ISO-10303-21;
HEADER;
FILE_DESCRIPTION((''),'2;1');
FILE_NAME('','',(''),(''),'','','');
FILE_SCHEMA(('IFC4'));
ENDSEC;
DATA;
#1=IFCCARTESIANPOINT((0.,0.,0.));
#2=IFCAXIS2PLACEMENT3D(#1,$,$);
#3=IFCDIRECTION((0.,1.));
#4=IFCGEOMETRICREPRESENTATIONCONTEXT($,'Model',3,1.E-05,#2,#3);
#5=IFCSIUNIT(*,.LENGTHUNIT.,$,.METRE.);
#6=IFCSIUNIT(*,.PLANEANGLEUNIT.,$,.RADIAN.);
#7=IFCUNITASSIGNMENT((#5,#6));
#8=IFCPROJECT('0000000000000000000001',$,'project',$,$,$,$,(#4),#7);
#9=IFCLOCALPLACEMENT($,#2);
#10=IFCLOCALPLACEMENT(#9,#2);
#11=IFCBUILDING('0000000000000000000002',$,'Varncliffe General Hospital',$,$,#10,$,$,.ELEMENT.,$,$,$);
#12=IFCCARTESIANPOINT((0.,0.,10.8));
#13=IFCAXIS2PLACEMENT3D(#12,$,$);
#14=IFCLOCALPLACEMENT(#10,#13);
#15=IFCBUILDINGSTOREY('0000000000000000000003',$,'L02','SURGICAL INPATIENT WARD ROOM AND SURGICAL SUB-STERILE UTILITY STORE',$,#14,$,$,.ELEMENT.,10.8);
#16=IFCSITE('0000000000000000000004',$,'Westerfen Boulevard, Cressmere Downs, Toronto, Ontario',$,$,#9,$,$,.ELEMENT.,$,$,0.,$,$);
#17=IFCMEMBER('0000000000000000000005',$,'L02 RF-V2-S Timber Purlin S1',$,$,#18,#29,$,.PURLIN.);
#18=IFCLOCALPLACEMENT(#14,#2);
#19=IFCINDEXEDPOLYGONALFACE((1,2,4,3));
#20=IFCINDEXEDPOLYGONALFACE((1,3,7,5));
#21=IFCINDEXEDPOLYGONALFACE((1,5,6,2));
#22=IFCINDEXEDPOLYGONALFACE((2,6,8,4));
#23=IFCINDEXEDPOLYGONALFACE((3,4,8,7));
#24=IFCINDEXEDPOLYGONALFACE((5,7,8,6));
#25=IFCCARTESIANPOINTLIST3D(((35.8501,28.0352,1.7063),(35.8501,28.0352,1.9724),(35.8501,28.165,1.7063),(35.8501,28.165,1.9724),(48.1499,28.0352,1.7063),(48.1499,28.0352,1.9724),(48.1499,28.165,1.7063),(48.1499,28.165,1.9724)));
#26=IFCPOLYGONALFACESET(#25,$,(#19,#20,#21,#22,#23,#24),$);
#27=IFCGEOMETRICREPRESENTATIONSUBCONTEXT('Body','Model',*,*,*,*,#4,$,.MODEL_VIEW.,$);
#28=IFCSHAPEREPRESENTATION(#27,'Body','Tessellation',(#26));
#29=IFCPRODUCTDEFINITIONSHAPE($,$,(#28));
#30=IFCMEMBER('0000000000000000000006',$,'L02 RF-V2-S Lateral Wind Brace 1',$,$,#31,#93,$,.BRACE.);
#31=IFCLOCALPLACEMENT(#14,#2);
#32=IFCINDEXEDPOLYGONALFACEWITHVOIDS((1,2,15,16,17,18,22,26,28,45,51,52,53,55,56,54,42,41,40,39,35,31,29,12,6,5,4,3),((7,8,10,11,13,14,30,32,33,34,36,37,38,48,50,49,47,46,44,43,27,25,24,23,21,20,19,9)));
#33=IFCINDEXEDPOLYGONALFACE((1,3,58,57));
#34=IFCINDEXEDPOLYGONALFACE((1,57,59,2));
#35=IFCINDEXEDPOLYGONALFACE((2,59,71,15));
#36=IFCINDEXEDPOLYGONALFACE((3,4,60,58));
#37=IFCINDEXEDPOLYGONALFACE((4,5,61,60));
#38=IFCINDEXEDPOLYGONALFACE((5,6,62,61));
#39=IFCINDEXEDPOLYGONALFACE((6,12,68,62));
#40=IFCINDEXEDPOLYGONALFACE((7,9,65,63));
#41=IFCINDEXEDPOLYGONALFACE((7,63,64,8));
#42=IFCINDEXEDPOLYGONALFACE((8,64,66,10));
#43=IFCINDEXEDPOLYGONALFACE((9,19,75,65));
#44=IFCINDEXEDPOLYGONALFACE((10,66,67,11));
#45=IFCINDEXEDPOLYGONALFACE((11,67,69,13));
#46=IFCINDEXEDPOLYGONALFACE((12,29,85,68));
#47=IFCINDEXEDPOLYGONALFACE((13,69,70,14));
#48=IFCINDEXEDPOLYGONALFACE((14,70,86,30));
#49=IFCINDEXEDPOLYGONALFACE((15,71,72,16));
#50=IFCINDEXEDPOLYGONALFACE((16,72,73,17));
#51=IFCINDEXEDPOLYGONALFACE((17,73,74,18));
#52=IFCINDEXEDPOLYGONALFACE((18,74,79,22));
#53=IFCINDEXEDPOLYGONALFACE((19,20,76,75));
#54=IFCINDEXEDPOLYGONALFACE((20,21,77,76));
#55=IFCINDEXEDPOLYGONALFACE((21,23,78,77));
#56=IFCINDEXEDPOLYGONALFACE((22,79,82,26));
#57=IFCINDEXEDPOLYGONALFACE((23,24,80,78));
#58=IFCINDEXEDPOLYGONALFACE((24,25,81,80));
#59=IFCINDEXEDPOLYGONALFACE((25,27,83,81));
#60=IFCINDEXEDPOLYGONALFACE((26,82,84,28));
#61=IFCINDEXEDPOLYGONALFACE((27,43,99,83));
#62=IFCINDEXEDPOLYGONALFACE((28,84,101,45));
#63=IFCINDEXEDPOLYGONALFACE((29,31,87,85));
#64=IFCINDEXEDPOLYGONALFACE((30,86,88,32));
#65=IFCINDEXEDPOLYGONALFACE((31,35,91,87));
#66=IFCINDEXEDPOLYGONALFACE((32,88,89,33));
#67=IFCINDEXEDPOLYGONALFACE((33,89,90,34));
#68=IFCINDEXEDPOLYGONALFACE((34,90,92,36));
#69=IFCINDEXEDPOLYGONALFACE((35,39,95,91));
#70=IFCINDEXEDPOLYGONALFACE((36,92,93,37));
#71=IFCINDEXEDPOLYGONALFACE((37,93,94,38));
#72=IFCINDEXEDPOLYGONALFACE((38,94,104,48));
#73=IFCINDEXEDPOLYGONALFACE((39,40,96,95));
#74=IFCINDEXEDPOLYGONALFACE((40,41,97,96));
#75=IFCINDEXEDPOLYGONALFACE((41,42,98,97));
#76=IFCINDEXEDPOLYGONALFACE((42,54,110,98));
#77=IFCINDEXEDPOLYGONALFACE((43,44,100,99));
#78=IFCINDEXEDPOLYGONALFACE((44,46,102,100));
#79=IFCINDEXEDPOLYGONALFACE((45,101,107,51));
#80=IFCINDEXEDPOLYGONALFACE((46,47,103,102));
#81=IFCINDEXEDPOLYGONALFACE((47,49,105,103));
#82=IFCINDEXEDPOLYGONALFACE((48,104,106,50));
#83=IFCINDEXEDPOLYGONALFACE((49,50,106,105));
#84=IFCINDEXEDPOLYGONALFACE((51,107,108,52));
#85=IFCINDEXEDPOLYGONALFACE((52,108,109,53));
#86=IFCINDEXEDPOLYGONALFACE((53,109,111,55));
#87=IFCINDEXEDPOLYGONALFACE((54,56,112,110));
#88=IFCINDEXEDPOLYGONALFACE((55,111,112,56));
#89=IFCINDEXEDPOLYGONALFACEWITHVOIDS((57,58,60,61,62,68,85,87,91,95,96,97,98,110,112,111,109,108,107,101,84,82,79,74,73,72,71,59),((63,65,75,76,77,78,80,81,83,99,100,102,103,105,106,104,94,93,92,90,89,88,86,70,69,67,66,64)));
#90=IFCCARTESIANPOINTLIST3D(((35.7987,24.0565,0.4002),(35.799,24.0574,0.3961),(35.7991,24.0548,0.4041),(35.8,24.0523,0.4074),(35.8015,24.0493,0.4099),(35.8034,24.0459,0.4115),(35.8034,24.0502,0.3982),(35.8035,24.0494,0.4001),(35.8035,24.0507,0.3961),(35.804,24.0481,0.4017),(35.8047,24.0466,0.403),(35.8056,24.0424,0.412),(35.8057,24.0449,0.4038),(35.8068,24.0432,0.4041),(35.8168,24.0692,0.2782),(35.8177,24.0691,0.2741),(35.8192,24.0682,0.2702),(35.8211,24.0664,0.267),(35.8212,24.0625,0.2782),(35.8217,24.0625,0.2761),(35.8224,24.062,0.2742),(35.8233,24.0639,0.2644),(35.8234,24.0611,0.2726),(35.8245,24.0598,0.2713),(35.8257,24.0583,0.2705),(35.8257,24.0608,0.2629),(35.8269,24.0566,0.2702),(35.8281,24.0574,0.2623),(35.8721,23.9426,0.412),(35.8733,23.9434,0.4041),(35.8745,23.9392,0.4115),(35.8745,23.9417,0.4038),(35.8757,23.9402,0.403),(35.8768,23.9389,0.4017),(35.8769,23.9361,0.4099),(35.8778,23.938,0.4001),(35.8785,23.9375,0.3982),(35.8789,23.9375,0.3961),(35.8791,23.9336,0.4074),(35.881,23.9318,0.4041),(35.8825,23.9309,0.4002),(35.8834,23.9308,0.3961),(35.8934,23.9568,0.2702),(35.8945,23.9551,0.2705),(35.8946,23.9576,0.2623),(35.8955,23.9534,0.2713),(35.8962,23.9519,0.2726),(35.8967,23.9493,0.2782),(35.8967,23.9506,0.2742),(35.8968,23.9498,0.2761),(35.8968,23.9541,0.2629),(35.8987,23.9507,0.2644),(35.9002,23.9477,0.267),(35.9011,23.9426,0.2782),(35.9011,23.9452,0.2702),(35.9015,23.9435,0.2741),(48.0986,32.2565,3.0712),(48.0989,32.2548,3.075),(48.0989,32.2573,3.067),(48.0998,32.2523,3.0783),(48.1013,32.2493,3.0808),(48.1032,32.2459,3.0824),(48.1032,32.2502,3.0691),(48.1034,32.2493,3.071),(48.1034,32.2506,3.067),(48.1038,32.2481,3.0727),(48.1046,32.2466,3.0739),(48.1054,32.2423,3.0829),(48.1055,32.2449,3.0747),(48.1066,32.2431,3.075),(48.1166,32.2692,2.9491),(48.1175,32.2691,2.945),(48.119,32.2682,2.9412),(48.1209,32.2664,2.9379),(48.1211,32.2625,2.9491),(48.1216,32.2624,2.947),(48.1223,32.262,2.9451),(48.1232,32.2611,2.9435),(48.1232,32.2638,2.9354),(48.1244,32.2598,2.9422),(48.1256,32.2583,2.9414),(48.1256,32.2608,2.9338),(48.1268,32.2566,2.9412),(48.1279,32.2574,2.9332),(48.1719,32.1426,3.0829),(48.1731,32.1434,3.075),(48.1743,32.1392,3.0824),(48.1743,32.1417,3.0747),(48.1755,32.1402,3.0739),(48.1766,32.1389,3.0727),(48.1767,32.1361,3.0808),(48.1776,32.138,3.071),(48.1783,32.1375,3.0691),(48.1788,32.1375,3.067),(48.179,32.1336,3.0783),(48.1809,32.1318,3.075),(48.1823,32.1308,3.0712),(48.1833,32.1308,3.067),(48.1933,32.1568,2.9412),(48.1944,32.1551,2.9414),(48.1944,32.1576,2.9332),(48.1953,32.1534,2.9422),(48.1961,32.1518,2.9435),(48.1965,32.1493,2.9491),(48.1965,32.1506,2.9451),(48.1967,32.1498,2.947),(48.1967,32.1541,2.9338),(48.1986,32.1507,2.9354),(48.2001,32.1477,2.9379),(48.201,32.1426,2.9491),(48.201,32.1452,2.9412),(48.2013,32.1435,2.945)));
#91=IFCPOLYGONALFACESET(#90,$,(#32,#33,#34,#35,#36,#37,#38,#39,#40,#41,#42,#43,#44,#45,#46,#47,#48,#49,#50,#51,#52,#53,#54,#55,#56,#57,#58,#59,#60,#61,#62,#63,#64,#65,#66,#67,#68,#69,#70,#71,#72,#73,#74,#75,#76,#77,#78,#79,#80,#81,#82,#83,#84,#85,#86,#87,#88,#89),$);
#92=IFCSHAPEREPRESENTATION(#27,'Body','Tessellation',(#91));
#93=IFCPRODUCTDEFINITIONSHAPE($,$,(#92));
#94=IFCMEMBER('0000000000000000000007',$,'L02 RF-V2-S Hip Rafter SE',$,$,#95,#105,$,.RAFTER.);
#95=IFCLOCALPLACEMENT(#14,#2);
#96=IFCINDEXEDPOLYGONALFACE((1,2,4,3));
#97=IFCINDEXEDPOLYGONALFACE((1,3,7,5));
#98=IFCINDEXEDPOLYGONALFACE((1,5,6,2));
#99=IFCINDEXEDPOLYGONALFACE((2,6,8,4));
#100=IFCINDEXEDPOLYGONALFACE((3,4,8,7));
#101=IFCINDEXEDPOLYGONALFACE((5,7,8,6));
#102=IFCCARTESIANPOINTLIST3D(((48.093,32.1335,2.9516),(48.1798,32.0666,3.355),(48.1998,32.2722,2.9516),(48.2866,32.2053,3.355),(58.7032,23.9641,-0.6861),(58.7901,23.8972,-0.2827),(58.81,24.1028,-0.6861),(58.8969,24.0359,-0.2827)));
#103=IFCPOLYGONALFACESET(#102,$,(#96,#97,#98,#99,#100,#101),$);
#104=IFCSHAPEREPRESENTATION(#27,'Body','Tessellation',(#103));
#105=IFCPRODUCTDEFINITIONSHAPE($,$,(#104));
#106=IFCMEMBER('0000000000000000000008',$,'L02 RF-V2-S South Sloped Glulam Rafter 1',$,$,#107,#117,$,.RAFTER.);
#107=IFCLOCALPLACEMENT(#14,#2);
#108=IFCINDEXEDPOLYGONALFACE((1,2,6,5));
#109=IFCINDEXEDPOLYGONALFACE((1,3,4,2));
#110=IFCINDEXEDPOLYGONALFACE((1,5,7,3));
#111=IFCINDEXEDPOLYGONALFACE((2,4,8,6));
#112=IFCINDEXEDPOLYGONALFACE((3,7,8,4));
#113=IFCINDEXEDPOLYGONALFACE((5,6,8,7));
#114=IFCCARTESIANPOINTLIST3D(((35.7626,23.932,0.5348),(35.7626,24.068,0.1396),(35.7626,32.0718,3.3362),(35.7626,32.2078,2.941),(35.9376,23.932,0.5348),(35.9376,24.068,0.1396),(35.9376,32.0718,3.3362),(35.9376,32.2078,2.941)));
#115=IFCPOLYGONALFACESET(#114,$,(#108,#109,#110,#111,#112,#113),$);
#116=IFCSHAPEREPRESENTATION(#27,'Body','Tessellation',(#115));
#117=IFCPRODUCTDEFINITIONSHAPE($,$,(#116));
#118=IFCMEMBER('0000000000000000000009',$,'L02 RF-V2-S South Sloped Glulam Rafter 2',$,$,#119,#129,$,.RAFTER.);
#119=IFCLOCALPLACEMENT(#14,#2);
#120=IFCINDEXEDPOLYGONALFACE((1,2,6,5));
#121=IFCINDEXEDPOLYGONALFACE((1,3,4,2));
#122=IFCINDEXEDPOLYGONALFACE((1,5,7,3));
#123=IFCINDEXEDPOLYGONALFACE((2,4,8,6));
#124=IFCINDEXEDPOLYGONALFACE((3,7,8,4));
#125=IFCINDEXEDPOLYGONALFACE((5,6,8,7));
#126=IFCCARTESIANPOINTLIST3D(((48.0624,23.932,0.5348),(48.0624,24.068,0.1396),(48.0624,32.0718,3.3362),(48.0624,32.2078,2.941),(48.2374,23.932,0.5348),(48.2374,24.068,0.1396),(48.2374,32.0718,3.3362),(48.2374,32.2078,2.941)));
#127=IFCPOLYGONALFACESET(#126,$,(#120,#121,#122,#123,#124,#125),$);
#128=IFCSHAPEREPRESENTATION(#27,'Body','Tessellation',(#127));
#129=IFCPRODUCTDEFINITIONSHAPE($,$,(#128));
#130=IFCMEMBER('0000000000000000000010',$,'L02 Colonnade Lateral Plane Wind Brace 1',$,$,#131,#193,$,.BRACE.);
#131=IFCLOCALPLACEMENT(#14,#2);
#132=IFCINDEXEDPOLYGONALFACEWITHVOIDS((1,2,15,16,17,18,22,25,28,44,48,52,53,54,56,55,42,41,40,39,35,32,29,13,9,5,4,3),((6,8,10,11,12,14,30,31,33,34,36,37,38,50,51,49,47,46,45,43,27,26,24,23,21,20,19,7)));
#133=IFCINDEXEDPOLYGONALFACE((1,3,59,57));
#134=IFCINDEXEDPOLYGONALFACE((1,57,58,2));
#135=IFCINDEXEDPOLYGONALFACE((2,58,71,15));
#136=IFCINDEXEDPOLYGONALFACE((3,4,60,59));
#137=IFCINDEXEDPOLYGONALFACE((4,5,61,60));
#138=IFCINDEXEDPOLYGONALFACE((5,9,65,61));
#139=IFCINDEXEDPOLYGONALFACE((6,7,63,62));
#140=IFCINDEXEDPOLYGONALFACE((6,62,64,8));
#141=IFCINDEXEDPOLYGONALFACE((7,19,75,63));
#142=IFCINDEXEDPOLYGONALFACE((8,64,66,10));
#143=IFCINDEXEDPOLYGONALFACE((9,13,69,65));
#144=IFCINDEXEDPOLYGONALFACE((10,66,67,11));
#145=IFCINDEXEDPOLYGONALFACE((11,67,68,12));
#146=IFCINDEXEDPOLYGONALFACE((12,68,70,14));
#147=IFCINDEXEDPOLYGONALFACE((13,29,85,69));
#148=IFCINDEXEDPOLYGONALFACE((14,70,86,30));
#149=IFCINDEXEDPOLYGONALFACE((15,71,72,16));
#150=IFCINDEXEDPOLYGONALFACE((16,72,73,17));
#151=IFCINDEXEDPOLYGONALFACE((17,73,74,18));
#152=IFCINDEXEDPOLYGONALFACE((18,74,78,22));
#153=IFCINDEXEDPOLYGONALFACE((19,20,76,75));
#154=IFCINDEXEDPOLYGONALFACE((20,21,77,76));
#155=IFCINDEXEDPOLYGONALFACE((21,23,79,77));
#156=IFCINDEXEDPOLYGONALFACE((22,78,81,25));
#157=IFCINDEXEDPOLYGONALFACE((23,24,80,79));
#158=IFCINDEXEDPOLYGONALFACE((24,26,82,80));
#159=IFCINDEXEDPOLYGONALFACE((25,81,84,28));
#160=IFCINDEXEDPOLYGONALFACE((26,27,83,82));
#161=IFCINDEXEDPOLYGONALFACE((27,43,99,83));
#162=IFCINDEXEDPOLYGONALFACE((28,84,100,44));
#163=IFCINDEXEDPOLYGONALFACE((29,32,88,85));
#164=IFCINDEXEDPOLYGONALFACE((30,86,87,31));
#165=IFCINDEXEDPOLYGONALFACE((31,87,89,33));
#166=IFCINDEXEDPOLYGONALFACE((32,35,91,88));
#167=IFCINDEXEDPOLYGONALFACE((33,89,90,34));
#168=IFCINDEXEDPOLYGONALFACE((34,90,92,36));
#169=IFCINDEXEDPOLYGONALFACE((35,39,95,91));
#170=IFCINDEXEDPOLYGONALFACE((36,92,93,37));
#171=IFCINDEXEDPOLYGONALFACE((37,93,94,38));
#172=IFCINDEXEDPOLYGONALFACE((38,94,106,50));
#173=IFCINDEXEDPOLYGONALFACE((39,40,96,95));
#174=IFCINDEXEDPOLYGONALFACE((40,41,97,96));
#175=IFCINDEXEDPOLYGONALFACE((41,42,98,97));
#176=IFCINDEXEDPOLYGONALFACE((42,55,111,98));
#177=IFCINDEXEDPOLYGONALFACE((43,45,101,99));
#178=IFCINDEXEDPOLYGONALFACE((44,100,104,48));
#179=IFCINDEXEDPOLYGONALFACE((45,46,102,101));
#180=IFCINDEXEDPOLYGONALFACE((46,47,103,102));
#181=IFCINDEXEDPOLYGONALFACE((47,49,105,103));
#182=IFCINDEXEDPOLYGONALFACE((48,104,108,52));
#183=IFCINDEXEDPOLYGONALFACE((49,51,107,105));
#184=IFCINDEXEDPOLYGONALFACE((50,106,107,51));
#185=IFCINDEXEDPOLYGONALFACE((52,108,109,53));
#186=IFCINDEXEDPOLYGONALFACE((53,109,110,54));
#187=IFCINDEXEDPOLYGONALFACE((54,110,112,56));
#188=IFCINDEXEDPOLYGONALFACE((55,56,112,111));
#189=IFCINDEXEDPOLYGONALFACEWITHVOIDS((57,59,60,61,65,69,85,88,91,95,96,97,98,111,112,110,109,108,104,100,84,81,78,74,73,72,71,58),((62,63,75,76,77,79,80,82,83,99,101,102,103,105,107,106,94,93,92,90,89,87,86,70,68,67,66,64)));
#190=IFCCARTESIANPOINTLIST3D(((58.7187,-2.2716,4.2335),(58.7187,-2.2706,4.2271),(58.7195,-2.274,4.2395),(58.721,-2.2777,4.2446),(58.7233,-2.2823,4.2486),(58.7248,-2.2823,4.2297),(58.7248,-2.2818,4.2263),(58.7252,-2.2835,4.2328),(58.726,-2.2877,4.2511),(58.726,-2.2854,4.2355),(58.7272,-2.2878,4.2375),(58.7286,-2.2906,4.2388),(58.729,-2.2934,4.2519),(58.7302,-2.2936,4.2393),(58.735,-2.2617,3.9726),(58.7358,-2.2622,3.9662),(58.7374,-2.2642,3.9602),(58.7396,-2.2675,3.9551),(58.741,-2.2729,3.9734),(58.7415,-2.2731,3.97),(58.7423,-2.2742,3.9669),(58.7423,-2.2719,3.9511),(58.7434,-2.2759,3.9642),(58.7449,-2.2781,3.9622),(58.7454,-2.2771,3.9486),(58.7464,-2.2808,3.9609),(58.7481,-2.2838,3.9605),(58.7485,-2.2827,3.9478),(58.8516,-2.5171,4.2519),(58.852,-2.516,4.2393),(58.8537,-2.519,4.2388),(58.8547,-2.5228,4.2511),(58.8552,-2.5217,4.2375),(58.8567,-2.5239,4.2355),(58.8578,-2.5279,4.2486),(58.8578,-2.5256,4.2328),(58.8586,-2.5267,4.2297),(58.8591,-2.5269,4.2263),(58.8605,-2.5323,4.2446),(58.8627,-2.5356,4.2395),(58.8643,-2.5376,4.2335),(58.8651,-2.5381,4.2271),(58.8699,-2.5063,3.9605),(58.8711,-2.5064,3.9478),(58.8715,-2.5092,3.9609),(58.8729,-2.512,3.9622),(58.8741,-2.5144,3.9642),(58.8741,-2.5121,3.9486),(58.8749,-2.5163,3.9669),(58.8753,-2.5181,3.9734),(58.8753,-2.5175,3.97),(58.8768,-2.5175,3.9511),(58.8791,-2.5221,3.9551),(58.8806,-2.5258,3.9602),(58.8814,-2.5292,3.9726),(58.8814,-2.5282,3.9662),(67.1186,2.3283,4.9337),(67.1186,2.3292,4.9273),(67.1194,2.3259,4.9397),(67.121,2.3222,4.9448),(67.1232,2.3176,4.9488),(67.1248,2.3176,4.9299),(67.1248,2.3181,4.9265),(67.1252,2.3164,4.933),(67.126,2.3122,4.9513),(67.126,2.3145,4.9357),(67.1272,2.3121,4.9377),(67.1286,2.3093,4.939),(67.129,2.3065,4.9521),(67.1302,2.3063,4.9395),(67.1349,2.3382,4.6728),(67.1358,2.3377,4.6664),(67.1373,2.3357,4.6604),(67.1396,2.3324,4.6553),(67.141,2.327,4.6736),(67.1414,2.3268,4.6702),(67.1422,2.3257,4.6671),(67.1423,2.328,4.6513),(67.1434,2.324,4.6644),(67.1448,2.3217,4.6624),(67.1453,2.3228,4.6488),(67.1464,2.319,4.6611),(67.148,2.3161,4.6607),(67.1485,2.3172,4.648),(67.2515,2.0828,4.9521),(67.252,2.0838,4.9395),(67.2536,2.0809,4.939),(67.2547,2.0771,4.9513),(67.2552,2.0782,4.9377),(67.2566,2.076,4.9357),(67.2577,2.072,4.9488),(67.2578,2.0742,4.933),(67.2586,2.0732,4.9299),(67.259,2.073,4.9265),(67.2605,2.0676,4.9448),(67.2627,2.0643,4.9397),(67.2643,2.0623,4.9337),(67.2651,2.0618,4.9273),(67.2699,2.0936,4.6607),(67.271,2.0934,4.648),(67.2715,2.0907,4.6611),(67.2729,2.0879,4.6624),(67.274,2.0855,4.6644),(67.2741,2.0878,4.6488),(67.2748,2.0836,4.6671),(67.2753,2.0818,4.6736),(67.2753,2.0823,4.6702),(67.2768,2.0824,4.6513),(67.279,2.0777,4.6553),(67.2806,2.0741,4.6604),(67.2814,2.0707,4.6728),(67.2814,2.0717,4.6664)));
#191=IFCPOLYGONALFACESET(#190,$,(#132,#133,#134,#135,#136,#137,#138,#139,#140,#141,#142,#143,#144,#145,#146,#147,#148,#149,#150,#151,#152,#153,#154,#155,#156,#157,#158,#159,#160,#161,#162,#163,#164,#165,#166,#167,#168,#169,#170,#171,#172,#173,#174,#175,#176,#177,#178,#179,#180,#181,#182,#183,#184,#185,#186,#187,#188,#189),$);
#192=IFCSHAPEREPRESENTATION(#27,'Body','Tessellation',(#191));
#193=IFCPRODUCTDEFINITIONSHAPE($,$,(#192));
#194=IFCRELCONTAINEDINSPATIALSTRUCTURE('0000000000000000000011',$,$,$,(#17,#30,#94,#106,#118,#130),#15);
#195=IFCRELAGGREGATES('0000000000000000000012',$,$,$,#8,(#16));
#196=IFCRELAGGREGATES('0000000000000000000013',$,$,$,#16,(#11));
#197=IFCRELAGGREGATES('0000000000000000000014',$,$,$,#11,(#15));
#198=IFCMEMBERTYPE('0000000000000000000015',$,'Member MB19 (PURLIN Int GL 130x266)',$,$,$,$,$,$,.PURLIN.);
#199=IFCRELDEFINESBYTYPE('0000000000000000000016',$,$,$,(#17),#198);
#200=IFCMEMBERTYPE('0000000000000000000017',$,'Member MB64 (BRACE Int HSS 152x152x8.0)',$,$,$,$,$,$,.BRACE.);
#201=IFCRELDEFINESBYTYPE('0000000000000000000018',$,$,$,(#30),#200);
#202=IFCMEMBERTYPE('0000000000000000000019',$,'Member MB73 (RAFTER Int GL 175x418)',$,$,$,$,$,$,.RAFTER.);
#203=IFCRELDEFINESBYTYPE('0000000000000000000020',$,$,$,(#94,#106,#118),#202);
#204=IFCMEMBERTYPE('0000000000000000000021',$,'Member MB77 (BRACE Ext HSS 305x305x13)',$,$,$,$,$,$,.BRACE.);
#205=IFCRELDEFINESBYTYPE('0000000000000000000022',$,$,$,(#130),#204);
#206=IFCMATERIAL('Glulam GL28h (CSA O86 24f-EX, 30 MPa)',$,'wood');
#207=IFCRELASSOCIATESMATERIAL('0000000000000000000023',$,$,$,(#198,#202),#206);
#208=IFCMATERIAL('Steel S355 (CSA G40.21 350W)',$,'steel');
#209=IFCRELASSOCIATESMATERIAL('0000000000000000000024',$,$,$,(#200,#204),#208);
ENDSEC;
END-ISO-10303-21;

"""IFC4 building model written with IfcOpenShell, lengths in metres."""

from ifc_helpers import new_model, si_unit, direction, frame, origin, origin_2d, place, context, subcontext, project, spatial, rectangle, hollow_rectangle, extrude, material, material_profile, profile_set, type_object, element, save


model = new_model("IFC4")

# Units and contexts
model_context = context("Model", 3, precision=1e-05, world=origin(), true_north=direction((0.0, 1.0)))
body_context = subcontext(model_context, "Body", "Model", "MODEL_VIEW")
ifc_project = project(units=[si_unit("LENGTHUNIT", "METRE"), si_unit("PLANEANGLEUNIT", "RADIAN")], contexts=[model_context])

# Site, building, storey
site_placement = place(None, origin())
site = spatial("IfcSite", under=ifc_project, at=site_placement, Name="Westerfen Boulevard, Cressmere Downs, Toronto, Ontario", CompositionType="ELEMENT", RefElevation=0.0)
building_placement = place(site_placement, origin())
building = spatial("IfcBuilding", under=site, at=building_placement, Name="Varncliffe General Hospital", CompositionType="ELEMENT")
storey_placement = place(building_placement, frame((0.0, 0.0, 10.8)))
storey = spatial("IfcBuildingStorey", under=building, at=storey_placement, Name="L02", Description="SURGICAL INPATIENT WARD ROOM AND SURGICAL SUB-STERILE UTILITY STORE", CompositionType="ELEMENT", Elevation=10.8)

# Shared definitions
ifc_material_1 = material(Name="Glulam GL28h (CSA O86 24f-EX, 30 MPa)", Category="wood")

# Members
ifc_material_profile_1 = material_profile(ifc_material_1, rectangle(XDim=0.1299, YDim=0.2661, at=origin_2d()), Name="GL 130x266")
ifc_profile_set_1 = profile_set([ifc_material_profile_1], Name="Glulam GL28h (CSA O86 24f-EX, 30 MPa)")
member_type_1 = type_object("IfcMemberType", Name="Member MB19 (PURLIN Int GL 130x266)", PredefinedType="PURLIN", material=ifc_profile_set_1)
member_1_placement = place(storey_placement, frame((35.8501, 28.1001, 1.8394), z_axis=(1.0, 0.0, 0.0), x_axis=(0.0, 1.0, 0.0)))
element("IfcMember", 1, at=member_1_placement, inside=storey, type_object=member_type_1, Name="L02 RF-V2-S Timber Purlin S1", PredefinedType="PURLIN", context=body_context, shape_type="SweptSolid", body=[
    extrude(rectangle(XDim=0.1299, YDim=0.2661, at=origin_2d()), origin(), (0.0, 0.0, 1.0), 12.2998),
])
ifc_material_2 = material(Name="Steel S355 (CSA G40.21 350W)", Category="steel")
ifc_material_profile_2 = material_profile(ifc_material_2, hollow_rectangle(XDim=0.1521, YDim=0.1521, WallThickness=0.0081, InnerFilletRadius=0.0081, OuterFilletRadius=0.0161, at=origin_2d()), Name="HSS 152x152x8.0")
ifc_profile_set_2 = profile_set([ifc_material_profile_2], Name="Steel S355 (CSA G40.21 350W)")
member_type_2 = type_object("IfcMemberType", Name="Member MB64 (BRACE Int HSS 152x152x8.0)", PredefinedType="BRACE", material=ifc_profile_set_2)
member_2_placement = place(storey_placement, frame((35.8501, 24.0, 0.3372), z_axis=(0.81879, 0.545866, 0.1778), x_axis=(-0.554704, 0.832048, 0.0)))
element("IfcMember", 2, at=member_2_placement, inside=storey, type_object=member_type_2, Name="L02 RF-V2-S Lateral Wind Brace 1", PredefinedType="BRACE", context=body_context, shape_type="SweptSolid", body=[
    extrude(hollow_rectangle(XDim=0.1521, YDim=0.1521, WallThickness=0.0081, InnerFilletRadius=0.0081, OuterFilletRadius=0.0161, at=origin_2d()), origin(), (0.0, 0.0, 1.0), 15.022),
])
ifc_material_profile_3 = material_profile(ifc_material_1, rectangle(XDim=0.175, YDim=0.418, at=origin_2d()), Name="GL 175x418")
ifc_profile_set_3 = profile_set([ifc_material_profile_3], Name="Glulam GL28h (CSA O86 24f-EX, 30 MPa)")
member_type_3 = type_object("IfcMemberType", Name="Member MB73 (RAFTER Int GL 175x418)", PredefinedType="RAFTER", material=ifc_profile_set_3)
member_3_placement = place(storey_placement, frame((58.8, 24.0, -0.4844), z_axis=(-0.764638, 0.588732, 0.262151), x_axis=(-0.610068, -0.792349, 0.0)))
element("IfcMember", 3, at=member_3_placement, inside=storey, type_object=member_type_3, Name="L02 RF-V2-S Hip Rafter SE", PredefinedType="RAFTER", context=body_context, shape_type="SweptSolid", body=[
    extrude(rectangle(XDim=0.175, YDim=0.418, at=origin_2d()), origin(), (0.0, 0.0, 1.0), 13.8762),
])
for number, where, z_axis, x_axis, name in (
    (4, (35.8501, 24.0, 0.3372), (0.0, 0.945564, 0.325436), (-1.0, 0.0, 0.0), "L02 RF-V2-S South Sloped Glulam Rafter 1"),
    (5, (48.1499, 24.0, 0.3372), (0.0, 0.945564, 0.325436), (-1.0, 0.0, 0.0), "L02 RF-V2-S South Sloped Glulam Rafter 2"),
):
    element("IfcMember", number, at=place(storey_placement, frame(where, z_axis=z_axis, x_axis=x_axis)), inside=storey, type_object=member_type_3, Name=name, PredefinedType="RAFTER", context=body_context, shape_type="SweptSolid", body=[
        extrude(rectangle(XDim=0.175, YDim=0.418, at=origin_2d()), origin(), (0.0, 0.0, 1.0), 8.6084),
    ])
ifc_material_profile_4 = material_profile(ifc_material_2, hollow_rectangle(XDim=0.3049, YDim=0.3049, WallThickness=0.0127, InnerFilletRadius=0.0129, OuterFilletRadius=0.0249, at=origin_2d()), Name="HSS 305x305x13")
ifc_profile_set_4 = profile_set([ifc_material_profile_4], Name="Steel S355 (CSA G40.21 350W)")
member_type_4 = type_object("IfcMemberType", Name="Member MB77 (BRACE Ext HSS 305x305x13)", PredefinedType="BRACE", material=ifc_profile_set_4)
member_4_placement = place(storey_placement, frame((58.8, -2.3999, 4.0999), z_axis=(0.874765, 0.479029, 0.072918), x_axis=(-0.480307, 0.8771, 0.0)))
element("IfcMember", 6, at=member_4_placement, inside=storey, type_object=member_type_4, Name="L02 Colonnade Lateral Plane Wind Brace 1", PredefinedType="BRACE", context=body_context, shape_type="SweptSolid", body=[
    extrude(hollow_rectangle(XDim=0.3049, YDim=0.3049, WallThickness=0.0127, InnerFilletRadius=0.0129, OuterFilletRadius=0.0249, at=origin_2d()), origin(), (0.0, 0.0, 1.0), 9.6025),
])

save(model, "model.ifc")
